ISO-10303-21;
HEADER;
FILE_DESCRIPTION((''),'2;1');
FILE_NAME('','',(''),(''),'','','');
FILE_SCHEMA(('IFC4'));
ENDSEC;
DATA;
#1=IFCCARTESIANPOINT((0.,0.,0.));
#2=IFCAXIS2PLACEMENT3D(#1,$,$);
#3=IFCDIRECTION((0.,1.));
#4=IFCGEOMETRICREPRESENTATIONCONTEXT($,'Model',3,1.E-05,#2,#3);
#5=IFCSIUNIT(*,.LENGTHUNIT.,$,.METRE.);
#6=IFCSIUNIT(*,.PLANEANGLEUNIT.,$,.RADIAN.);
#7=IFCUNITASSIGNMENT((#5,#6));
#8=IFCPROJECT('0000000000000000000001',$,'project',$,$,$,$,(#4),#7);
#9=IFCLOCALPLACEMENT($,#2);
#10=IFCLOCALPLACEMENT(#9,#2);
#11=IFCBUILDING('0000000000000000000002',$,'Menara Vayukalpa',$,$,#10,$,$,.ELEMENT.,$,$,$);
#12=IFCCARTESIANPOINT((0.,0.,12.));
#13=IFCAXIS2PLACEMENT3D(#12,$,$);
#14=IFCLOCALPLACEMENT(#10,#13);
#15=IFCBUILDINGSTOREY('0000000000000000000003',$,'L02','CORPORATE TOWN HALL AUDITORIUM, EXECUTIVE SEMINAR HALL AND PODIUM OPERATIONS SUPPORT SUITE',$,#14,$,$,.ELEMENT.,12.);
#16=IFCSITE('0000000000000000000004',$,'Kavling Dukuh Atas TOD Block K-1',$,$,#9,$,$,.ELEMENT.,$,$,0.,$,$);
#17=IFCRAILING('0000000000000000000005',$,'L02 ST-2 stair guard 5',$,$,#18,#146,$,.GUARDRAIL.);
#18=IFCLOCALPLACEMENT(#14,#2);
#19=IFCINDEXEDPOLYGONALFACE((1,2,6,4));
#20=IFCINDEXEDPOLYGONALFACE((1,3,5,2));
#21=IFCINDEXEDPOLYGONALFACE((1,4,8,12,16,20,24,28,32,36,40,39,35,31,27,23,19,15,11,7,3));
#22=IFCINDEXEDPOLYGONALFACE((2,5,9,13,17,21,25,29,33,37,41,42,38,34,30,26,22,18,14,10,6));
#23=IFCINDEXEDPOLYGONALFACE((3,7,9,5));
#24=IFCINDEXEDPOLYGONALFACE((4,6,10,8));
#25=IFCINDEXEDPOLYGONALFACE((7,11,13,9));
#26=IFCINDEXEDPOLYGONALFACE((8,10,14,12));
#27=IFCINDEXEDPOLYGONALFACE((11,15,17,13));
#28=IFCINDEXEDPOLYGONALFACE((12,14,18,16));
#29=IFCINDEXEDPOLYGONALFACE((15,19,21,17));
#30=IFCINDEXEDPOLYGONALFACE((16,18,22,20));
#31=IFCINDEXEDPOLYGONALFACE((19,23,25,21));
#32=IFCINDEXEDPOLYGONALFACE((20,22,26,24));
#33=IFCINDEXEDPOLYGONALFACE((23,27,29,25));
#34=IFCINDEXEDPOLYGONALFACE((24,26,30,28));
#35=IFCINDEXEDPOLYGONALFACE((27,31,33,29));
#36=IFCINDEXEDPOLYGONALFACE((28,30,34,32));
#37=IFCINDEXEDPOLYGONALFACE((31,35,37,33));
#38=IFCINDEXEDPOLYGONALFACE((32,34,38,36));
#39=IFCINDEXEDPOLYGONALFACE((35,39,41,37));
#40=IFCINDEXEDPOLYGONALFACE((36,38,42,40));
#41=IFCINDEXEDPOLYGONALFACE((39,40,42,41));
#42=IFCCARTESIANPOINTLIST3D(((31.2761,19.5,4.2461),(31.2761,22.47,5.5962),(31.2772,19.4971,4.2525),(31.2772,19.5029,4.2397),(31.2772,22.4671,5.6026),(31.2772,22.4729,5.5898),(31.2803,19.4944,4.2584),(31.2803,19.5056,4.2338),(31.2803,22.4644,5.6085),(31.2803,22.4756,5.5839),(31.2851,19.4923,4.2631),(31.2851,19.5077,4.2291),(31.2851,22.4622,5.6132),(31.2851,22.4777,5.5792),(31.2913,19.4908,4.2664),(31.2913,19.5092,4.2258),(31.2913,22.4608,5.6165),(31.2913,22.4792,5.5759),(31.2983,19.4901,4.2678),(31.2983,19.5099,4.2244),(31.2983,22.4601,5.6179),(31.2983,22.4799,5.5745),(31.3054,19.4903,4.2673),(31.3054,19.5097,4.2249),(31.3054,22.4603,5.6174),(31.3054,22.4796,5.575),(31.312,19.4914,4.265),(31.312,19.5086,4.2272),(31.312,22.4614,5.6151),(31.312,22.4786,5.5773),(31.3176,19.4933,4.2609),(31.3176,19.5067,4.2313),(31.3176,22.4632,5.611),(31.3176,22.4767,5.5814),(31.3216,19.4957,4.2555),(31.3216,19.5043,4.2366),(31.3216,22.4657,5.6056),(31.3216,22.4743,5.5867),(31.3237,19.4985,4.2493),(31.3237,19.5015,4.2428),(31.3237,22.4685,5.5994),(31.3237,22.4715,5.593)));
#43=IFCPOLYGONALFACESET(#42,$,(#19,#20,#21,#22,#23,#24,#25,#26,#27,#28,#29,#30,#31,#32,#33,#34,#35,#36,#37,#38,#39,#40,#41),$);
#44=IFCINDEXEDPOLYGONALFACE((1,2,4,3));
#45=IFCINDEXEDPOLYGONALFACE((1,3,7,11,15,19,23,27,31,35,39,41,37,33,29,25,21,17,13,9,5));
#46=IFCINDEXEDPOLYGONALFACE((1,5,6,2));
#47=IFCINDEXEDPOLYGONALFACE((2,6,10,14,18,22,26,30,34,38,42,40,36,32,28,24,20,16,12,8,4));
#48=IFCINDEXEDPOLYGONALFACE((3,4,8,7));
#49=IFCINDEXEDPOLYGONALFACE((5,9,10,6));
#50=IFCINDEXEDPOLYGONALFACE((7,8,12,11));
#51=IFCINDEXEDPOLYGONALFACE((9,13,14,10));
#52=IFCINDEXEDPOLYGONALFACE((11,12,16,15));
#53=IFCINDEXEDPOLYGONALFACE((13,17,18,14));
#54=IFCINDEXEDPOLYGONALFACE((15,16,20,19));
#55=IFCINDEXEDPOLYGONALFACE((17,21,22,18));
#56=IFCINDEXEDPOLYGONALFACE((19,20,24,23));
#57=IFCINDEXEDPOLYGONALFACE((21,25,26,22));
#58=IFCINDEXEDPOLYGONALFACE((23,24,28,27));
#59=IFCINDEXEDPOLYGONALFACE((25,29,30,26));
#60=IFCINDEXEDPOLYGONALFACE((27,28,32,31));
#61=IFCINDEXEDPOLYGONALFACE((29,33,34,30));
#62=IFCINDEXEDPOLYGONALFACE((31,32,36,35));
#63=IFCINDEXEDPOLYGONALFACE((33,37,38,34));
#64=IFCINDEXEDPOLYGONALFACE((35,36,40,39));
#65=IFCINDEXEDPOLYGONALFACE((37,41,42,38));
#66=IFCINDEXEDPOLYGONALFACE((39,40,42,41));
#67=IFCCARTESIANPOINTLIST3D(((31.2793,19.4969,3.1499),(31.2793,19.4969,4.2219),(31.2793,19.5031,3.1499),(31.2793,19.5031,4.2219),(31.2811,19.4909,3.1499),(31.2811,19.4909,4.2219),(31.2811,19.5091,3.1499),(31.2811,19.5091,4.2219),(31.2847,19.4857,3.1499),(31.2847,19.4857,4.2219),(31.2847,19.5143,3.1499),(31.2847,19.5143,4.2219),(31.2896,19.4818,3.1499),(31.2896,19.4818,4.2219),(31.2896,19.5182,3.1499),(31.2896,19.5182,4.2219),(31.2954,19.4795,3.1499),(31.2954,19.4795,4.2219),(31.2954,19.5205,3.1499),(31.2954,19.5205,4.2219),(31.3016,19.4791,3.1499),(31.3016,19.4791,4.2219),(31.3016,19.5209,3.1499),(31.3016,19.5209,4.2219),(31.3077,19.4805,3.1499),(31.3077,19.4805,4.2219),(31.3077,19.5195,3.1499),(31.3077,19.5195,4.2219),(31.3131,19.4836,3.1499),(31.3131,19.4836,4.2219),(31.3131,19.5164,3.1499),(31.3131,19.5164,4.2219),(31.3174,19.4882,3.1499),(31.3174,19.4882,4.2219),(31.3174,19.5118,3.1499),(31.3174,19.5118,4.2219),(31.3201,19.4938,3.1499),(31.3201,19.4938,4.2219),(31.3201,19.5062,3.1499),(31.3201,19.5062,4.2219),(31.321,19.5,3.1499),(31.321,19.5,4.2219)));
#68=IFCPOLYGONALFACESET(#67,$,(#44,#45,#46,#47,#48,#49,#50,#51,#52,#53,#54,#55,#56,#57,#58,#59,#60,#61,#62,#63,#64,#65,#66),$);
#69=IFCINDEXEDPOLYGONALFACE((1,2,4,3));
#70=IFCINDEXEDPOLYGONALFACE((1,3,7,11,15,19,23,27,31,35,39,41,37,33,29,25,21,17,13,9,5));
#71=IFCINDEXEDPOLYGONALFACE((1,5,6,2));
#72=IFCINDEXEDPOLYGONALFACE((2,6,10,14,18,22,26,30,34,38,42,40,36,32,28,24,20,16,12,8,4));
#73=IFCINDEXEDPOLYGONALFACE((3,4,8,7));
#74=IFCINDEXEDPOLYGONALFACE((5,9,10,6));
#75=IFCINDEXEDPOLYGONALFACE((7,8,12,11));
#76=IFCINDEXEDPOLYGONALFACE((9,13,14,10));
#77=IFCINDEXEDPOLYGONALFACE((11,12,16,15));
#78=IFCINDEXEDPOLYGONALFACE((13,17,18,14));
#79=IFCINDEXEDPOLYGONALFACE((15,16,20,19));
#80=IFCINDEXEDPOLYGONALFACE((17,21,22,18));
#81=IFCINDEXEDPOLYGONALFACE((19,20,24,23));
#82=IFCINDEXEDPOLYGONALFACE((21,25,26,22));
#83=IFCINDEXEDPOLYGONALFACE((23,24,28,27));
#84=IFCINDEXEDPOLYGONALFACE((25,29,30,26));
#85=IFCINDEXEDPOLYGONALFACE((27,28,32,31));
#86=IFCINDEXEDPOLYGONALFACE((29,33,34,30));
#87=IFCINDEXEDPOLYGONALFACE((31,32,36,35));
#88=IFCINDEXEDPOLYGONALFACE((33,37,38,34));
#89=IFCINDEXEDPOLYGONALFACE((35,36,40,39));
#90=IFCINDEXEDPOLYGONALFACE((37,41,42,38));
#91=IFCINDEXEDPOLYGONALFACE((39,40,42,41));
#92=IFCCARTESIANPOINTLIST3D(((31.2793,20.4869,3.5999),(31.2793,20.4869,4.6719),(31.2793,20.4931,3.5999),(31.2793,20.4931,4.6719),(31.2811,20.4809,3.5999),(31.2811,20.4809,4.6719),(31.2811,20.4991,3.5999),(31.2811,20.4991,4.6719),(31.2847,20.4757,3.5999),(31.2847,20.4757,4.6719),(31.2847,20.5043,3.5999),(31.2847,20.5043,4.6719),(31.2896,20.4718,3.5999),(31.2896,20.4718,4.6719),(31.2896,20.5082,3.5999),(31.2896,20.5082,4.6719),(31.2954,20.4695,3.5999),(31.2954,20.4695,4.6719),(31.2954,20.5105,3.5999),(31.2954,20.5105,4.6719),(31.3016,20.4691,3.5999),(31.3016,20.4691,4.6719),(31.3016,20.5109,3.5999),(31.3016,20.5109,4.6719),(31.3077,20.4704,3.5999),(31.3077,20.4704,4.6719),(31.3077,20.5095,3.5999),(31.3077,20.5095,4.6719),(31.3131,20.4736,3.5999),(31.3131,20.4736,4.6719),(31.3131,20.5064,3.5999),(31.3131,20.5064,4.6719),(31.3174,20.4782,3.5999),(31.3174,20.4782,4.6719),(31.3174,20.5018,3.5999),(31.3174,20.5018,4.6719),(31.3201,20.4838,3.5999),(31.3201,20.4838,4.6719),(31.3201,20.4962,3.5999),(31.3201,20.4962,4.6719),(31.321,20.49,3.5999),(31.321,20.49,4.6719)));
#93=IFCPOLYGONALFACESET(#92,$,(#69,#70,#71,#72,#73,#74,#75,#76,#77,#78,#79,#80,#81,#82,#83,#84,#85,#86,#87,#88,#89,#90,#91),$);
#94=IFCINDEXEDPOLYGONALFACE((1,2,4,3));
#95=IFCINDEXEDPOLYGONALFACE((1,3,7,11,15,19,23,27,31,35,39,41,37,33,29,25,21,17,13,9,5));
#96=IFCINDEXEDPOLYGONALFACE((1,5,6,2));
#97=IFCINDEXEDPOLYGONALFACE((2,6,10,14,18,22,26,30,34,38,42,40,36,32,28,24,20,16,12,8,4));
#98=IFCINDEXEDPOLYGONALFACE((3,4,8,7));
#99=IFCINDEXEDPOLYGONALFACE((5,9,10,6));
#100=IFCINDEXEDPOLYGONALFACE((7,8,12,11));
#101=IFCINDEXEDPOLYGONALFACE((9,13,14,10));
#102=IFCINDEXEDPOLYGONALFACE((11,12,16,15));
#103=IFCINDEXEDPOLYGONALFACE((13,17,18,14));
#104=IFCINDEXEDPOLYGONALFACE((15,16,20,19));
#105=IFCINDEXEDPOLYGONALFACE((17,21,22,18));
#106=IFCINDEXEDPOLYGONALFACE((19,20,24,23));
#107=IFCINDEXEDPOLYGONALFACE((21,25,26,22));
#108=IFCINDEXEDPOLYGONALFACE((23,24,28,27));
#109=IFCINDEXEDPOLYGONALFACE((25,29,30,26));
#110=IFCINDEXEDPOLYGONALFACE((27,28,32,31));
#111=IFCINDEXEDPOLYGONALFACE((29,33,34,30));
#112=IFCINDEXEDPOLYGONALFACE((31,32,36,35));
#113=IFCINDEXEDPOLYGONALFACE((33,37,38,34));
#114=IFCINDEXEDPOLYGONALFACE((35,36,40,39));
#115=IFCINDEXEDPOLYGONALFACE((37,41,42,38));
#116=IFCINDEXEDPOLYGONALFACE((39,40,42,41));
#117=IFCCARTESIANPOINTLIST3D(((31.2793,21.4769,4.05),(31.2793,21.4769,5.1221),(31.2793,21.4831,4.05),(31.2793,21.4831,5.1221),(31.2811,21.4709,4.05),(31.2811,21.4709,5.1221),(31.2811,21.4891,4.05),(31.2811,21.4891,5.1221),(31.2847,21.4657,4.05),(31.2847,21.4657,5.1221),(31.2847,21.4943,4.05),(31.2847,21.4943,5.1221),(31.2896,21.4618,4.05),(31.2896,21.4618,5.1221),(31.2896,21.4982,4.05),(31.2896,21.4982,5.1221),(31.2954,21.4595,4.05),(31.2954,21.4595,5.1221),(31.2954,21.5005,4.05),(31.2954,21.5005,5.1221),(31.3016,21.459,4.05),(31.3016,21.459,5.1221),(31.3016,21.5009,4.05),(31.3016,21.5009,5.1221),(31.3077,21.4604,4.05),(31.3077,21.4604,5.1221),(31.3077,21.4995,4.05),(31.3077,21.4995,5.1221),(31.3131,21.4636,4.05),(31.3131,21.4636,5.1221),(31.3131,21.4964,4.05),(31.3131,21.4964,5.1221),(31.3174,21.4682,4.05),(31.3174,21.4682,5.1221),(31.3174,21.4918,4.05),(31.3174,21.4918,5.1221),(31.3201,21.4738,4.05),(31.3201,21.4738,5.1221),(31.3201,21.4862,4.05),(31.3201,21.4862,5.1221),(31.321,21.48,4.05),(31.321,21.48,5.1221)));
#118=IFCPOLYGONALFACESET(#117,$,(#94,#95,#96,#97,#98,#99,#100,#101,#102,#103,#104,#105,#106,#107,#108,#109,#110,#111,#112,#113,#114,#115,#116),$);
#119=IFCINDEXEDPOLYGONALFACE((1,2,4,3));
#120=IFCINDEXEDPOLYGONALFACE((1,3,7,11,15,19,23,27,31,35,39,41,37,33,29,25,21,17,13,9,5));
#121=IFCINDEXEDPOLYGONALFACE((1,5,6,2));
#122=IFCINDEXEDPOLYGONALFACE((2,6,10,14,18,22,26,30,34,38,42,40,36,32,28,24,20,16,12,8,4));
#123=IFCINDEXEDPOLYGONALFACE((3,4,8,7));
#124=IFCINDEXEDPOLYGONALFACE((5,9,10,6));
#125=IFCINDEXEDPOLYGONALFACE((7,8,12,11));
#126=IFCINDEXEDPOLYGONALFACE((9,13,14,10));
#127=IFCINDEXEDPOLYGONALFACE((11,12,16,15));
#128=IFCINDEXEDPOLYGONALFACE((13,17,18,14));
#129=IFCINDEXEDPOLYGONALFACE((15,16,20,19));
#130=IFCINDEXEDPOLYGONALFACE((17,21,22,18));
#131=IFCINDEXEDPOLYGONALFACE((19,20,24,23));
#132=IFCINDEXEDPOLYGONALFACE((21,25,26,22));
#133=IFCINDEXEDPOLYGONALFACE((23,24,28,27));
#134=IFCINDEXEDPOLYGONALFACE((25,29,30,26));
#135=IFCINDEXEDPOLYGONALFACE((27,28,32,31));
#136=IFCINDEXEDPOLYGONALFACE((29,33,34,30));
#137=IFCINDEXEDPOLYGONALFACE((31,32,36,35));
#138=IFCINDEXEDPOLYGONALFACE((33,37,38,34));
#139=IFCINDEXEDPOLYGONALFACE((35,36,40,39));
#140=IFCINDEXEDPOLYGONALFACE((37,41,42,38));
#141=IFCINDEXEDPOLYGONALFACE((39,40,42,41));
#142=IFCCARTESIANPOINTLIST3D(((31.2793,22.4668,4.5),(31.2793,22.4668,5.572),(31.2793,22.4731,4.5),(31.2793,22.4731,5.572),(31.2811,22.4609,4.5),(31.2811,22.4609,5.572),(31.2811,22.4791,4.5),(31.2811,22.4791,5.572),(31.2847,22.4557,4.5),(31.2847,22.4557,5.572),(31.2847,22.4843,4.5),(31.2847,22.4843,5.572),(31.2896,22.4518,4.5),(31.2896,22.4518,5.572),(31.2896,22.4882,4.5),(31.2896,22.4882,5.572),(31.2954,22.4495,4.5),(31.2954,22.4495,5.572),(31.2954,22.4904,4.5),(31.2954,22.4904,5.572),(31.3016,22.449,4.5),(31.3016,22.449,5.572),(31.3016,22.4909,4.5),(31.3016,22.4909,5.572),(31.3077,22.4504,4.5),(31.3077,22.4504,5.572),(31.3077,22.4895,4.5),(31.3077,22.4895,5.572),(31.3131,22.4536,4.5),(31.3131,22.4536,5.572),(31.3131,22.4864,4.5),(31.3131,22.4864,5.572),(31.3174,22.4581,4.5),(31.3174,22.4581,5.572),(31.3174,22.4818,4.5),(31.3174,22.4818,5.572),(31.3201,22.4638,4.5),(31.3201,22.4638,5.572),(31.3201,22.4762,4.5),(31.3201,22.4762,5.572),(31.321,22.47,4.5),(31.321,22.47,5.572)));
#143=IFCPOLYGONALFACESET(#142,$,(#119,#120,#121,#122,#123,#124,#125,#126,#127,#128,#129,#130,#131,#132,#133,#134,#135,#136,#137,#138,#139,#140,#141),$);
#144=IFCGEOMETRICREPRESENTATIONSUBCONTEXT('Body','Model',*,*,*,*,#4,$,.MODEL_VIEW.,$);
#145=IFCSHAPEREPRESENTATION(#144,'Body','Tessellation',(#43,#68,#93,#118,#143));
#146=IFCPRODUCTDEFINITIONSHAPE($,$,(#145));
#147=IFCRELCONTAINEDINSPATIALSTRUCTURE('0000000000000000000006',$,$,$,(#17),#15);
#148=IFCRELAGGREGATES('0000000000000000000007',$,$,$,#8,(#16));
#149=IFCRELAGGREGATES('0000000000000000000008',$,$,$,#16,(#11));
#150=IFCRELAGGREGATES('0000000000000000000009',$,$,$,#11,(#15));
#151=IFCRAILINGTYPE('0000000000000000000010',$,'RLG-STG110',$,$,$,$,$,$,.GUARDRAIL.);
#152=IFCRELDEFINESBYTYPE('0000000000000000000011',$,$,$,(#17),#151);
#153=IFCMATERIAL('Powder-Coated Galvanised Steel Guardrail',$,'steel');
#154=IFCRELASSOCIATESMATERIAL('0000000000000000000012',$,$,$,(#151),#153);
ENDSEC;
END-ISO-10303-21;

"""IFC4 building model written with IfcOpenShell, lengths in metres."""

from ifc_helpers import new_model, si_unit, direction, frame, origin, origin_2d, place, context, subcontext, project, spatial, circle, extrude, material, type_object, element, save


model = new_model("IFC4")

# Units and contexts
model_context = context("Model", 3, precision=1e-05, world=origin(), true_north=direction((0.0, 1.0)))
body_context = subcontext(model_context, "Body", "Model", "MODEL_VIEW")
ifc_project = project(units=[si_unit("LENGTHUNIT", "METRE"), si_unit("PLANEANGLEUNIT", "RADIAN")], contexts=[model_context])

# Site, building, storey
site_placement = place(None, origin())
site = spatial("IfcSite", under=ifc_project, at=site_placement, Name="Kavling Dukuh Atas TOD Block K-1", CompositionType="ELEMENT", RefElevation=0.0)
building_placement = place(site_placement, origin())
building = spatial("IfcBuilding", under=site, at=building_placement, Name="Menara Vayukalpa", CompositionType="ELEMENT")
storey_placement = place(building_placement, frame((0.0, 0.0, 12.0)))
storey = spatial("IfcBuildingStorey", under=building, at=storey_placement, Name="L02", Description="CORPORATE TOWN HALL AUDITORIUM, EXECUTIVE SEMINAR HALL AND PODIUM OPERATIONS SUPPORT SUITE", CompositionType="ELEMENT", Elevation=12.0)

# Railing
ifc_material_1 = material(Name="Powder-Coated Galvanised Steel Guardrail", Category="steel")
railing_type = type_object("IfcRailingType", Name="RLG-STG110", PredefinedType="GUARDRAIL", material=ifc_material_1)
railing_1_placement = place(storey_placement, frame((31.3, 19.5, 3.1499)))
element("IfcRailing", 1, at=railing_1_placement, inside=storey, type_object=railing_type, Name="L02 ST-2 stair guard 5", PredefinedType="GUARDRAIL", context=body_context, shape_type="SweptSolid", body=[
    extrude(circle(Radius=0.0239, at=origin_2d()), frame((0.0, 0.0, 1.0962), z_axis=(0.0, 0.910354, 0.413831), x_axis=(-1.0, 0.0, 0.0)), (0.0, 0.0, 1.0), 3.2625),
    extrude(circle(Radius=0.021, at=origin_2d()), origin(), (0.0, 0.0, 1.0), 1.072),
    extrude(circle(Radius=0.021, at=origin_2d()), frame((0.0, 0.99, 0.45)), (0.0, 0.0, 1.0), 1.072),
    extrude(circle(Radius=0.021, at=origin_2d()), frame((0.0, 1.98, 0.9001)), (0.0, 0.0, 1.0), 1.072),
    extrude(circle(Radius=0.021, at=origin_2d()), frame((0.0, 2.97, 1.3501)), (0.0, 0.0, 1.0), 1.072),
])

save(model, "model.ifc")
